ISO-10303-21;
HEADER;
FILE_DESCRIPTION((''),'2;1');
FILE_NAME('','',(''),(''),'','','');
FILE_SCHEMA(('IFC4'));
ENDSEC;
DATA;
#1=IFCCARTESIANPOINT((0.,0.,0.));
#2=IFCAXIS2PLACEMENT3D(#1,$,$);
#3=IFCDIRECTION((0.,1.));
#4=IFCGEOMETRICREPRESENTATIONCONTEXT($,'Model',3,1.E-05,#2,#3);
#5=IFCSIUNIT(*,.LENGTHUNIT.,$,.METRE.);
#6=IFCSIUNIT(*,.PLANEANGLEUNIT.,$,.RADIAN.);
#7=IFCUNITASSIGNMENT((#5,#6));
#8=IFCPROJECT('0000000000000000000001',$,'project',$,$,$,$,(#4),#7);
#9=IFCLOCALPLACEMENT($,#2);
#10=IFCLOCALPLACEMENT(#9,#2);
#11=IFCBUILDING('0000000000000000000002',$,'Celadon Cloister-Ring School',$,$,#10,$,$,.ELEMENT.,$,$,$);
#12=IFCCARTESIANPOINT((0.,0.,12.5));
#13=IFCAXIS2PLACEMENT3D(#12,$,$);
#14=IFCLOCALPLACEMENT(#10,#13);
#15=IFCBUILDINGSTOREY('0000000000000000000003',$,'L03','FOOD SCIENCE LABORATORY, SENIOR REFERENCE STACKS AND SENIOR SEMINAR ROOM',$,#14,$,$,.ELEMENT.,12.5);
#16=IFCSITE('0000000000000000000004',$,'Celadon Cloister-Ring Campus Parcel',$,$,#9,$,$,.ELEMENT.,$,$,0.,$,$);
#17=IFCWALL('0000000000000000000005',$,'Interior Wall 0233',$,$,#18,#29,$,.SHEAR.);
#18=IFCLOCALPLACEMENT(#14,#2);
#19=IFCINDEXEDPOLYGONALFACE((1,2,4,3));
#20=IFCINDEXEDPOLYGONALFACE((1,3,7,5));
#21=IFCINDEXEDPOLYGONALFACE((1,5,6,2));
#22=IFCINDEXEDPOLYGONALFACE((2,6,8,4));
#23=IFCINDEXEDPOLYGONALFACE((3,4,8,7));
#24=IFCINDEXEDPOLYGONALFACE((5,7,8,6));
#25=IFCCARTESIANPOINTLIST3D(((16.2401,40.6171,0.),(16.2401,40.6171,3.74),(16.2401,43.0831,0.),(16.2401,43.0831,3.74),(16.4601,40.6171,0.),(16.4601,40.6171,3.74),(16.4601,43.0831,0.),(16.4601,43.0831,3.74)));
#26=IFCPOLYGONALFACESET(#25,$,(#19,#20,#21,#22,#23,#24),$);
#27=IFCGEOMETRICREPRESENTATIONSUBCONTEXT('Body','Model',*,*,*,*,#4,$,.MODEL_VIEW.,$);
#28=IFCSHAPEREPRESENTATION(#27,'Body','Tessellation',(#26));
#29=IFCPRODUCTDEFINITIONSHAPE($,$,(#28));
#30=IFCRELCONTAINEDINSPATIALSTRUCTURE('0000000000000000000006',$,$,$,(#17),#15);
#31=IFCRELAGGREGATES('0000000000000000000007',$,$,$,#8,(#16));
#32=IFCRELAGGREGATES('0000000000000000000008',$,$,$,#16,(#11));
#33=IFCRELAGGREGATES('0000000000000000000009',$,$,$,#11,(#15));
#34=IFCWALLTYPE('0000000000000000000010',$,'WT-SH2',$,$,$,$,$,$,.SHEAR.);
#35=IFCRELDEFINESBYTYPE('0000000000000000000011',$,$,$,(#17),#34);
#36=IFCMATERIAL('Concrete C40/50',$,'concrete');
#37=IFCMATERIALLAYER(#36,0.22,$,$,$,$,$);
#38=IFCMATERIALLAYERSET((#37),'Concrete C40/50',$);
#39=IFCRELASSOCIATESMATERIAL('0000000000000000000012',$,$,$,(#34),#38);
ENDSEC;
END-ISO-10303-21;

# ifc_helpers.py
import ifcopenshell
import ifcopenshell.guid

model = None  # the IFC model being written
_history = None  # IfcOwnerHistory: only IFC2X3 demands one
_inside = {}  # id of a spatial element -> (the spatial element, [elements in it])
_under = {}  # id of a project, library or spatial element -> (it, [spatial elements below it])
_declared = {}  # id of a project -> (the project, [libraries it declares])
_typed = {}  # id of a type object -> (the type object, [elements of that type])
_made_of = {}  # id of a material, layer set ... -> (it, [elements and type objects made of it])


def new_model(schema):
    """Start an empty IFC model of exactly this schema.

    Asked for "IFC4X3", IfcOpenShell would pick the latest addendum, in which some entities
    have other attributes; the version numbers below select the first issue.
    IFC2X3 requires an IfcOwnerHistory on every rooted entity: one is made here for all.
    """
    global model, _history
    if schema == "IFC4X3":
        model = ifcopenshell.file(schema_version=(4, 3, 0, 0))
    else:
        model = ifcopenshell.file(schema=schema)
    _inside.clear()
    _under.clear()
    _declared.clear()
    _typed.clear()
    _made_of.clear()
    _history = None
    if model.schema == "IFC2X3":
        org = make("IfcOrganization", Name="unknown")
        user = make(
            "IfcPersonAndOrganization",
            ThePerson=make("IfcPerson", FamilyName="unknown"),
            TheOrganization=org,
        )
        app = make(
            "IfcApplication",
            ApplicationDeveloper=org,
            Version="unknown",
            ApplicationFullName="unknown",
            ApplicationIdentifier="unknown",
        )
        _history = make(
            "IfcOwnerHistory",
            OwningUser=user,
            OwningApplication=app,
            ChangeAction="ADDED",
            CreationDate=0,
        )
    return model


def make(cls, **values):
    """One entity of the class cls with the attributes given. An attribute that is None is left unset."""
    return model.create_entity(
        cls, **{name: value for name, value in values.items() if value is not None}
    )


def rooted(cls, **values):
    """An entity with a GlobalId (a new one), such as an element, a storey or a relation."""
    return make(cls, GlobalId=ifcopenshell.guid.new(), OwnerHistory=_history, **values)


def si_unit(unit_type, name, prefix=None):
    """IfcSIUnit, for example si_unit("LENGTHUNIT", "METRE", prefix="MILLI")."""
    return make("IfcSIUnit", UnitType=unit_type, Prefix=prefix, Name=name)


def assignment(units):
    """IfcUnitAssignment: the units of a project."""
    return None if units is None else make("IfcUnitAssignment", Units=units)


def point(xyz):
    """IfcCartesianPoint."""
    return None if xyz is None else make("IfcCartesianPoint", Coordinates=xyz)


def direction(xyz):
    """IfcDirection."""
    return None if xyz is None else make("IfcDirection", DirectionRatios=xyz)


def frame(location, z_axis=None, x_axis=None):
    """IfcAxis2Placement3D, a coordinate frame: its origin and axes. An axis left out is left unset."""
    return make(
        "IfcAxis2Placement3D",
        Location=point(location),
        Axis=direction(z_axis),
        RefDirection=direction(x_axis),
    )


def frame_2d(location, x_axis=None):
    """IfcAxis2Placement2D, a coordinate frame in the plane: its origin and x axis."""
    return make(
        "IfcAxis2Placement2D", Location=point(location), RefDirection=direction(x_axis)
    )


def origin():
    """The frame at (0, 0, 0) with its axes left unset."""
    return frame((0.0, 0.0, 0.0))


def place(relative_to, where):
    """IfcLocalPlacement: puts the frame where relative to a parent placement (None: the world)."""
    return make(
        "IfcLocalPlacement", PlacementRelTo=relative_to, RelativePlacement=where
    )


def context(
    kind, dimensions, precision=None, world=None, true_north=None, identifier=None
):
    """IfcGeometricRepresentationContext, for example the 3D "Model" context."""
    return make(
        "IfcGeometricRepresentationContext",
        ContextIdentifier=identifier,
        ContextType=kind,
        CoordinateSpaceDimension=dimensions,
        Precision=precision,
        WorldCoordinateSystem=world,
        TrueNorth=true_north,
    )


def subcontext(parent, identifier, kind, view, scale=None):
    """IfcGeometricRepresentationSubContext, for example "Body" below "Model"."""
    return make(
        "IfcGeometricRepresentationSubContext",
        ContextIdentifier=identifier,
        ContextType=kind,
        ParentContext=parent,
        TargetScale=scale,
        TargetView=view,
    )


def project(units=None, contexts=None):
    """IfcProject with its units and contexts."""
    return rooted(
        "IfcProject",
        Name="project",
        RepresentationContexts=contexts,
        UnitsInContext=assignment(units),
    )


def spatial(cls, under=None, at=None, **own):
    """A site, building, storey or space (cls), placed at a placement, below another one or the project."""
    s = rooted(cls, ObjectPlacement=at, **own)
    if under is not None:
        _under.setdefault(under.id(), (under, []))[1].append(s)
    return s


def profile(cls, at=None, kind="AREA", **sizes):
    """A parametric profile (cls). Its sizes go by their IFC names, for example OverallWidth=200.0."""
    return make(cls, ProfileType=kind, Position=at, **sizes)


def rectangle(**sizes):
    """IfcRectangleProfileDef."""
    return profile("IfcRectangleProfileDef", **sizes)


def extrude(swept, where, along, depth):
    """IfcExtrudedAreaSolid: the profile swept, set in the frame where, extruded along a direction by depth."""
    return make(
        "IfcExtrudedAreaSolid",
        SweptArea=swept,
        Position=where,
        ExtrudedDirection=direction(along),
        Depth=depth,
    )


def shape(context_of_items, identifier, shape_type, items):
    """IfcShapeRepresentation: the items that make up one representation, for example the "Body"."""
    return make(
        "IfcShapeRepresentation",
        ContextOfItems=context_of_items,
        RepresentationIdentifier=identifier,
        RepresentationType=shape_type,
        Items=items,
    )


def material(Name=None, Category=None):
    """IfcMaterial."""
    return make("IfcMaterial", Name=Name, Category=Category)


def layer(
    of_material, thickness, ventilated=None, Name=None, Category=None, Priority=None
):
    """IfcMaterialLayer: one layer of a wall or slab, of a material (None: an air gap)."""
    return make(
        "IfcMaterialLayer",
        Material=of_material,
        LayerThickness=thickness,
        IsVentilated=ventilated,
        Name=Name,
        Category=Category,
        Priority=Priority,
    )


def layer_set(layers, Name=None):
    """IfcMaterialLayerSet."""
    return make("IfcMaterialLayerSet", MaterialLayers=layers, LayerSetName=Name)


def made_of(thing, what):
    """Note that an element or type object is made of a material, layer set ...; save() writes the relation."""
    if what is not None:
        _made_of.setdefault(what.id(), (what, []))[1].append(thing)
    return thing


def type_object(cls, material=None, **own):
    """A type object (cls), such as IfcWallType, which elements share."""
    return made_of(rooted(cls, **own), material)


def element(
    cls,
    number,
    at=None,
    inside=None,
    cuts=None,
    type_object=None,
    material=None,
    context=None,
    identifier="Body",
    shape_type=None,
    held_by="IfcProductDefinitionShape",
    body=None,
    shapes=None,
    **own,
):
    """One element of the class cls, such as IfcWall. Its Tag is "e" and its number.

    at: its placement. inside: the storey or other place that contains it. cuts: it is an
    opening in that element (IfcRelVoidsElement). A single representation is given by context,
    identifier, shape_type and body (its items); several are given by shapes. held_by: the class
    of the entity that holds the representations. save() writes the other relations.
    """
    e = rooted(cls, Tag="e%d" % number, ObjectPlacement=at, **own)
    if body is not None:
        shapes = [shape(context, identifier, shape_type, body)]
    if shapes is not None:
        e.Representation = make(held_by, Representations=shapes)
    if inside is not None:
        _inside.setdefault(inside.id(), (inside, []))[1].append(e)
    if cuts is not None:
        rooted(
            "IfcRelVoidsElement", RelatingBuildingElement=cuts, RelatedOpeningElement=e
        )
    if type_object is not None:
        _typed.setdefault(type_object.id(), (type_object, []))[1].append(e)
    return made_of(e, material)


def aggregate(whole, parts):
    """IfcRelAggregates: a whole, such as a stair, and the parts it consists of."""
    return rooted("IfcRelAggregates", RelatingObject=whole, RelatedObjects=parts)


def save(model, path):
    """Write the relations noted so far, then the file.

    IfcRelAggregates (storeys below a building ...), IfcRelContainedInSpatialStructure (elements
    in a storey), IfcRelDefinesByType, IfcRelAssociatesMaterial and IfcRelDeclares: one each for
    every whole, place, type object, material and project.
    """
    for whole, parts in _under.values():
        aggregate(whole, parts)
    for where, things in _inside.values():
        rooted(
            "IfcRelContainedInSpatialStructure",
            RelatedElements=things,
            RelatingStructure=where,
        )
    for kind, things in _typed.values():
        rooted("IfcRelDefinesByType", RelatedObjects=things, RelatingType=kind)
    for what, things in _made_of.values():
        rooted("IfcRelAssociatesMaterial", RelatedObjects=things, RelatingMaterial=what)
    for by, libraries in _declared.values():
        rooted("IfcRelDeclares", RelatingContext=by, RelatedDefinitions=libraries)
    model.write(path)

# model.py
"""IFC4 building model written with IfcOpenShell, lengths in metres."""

from ifc_helpers import new_model, si_unit, direction, frame, frame_2d, origin, place, context, subcontext, project, spatial, rectangle, extrude, material, layer, layer_set, type_object, element, save


model = new_model("IFC4")

# Units and contexts
model_context = context("Model", 3, precision=1e-05, world=origin(), true_north=direction((0.0, 1.0)))
body_context = subcontext(model_context, "Body", "Model", "MODEL_VIEW")
ifc_project = project(units=[si_unit("LENGTHUNIT", "METRE"), si_unit("PLANEANGLEUNIT", "RADIAN")], contexts=[model_context])

# Site, building, storey
site_placement = place(None, origin())
site = spatial("IfcSite", under=ifc_project, at=site_placement, Name="Celadon Cloister-Ring Campus Parcel", CompositionType="ELEMENT", RefElevation=0.0)
building_placement = place(site_placement, origin())
building = spatial("IfcBuilding", under=site, at=building_placement, Name="Celadon Cloister-Ring School", CompositionType="ELEMENT")
storey_placement = place(building_placement, frame((0.0, 0.0, 12.5)))
storey = spatial("IfcBuildingStorey", under=building, at=storey_placement, Name="L03", Description="FOOD SCIENCE LABORATORY, SENIOR REFERENCE STACKS AND SENIOR SEMINAR ROOM", CompositionType="ELEMENT", Elevation=12.5)

# Shared definitions
ifc_material_1 = material(Name="Concrete C40/50", Category="concrete")
ifc_layer_1 = layer(ifc_material_1, 0.22)
ifc_layer_set_1 = layer_set([ifc_layer_1], Name="Concrete C40/50")
wall_type_1 = type_object("IfcWallType", Name="WT-SH2", PredefinedType="SHEAR", material=ifc_layer_set_1)

# Wall
wall_1_placement = place(storey_placement, frame((16.3501, 43.083, 0.0), z_axis=(0.0, 0.0, 1.0), x_axis=(0.0, -1.0, 0.0)))
element("IfcWall", 1, at=wall_1_placement, inside=storey, type_object=wall_type_1, Name="Interior Wall 0233", PredefinedType="SHEAR", context=body_context, shape_type="SweptSolid", body=[
    extrude(rectangle(XDim=2.4661, YDim=0.22, at=frame_2d((1.2329, 0.0))), origin(), (0.0, 0.0, 1.0), 3.74),
])

save(model, "model.ifc")
